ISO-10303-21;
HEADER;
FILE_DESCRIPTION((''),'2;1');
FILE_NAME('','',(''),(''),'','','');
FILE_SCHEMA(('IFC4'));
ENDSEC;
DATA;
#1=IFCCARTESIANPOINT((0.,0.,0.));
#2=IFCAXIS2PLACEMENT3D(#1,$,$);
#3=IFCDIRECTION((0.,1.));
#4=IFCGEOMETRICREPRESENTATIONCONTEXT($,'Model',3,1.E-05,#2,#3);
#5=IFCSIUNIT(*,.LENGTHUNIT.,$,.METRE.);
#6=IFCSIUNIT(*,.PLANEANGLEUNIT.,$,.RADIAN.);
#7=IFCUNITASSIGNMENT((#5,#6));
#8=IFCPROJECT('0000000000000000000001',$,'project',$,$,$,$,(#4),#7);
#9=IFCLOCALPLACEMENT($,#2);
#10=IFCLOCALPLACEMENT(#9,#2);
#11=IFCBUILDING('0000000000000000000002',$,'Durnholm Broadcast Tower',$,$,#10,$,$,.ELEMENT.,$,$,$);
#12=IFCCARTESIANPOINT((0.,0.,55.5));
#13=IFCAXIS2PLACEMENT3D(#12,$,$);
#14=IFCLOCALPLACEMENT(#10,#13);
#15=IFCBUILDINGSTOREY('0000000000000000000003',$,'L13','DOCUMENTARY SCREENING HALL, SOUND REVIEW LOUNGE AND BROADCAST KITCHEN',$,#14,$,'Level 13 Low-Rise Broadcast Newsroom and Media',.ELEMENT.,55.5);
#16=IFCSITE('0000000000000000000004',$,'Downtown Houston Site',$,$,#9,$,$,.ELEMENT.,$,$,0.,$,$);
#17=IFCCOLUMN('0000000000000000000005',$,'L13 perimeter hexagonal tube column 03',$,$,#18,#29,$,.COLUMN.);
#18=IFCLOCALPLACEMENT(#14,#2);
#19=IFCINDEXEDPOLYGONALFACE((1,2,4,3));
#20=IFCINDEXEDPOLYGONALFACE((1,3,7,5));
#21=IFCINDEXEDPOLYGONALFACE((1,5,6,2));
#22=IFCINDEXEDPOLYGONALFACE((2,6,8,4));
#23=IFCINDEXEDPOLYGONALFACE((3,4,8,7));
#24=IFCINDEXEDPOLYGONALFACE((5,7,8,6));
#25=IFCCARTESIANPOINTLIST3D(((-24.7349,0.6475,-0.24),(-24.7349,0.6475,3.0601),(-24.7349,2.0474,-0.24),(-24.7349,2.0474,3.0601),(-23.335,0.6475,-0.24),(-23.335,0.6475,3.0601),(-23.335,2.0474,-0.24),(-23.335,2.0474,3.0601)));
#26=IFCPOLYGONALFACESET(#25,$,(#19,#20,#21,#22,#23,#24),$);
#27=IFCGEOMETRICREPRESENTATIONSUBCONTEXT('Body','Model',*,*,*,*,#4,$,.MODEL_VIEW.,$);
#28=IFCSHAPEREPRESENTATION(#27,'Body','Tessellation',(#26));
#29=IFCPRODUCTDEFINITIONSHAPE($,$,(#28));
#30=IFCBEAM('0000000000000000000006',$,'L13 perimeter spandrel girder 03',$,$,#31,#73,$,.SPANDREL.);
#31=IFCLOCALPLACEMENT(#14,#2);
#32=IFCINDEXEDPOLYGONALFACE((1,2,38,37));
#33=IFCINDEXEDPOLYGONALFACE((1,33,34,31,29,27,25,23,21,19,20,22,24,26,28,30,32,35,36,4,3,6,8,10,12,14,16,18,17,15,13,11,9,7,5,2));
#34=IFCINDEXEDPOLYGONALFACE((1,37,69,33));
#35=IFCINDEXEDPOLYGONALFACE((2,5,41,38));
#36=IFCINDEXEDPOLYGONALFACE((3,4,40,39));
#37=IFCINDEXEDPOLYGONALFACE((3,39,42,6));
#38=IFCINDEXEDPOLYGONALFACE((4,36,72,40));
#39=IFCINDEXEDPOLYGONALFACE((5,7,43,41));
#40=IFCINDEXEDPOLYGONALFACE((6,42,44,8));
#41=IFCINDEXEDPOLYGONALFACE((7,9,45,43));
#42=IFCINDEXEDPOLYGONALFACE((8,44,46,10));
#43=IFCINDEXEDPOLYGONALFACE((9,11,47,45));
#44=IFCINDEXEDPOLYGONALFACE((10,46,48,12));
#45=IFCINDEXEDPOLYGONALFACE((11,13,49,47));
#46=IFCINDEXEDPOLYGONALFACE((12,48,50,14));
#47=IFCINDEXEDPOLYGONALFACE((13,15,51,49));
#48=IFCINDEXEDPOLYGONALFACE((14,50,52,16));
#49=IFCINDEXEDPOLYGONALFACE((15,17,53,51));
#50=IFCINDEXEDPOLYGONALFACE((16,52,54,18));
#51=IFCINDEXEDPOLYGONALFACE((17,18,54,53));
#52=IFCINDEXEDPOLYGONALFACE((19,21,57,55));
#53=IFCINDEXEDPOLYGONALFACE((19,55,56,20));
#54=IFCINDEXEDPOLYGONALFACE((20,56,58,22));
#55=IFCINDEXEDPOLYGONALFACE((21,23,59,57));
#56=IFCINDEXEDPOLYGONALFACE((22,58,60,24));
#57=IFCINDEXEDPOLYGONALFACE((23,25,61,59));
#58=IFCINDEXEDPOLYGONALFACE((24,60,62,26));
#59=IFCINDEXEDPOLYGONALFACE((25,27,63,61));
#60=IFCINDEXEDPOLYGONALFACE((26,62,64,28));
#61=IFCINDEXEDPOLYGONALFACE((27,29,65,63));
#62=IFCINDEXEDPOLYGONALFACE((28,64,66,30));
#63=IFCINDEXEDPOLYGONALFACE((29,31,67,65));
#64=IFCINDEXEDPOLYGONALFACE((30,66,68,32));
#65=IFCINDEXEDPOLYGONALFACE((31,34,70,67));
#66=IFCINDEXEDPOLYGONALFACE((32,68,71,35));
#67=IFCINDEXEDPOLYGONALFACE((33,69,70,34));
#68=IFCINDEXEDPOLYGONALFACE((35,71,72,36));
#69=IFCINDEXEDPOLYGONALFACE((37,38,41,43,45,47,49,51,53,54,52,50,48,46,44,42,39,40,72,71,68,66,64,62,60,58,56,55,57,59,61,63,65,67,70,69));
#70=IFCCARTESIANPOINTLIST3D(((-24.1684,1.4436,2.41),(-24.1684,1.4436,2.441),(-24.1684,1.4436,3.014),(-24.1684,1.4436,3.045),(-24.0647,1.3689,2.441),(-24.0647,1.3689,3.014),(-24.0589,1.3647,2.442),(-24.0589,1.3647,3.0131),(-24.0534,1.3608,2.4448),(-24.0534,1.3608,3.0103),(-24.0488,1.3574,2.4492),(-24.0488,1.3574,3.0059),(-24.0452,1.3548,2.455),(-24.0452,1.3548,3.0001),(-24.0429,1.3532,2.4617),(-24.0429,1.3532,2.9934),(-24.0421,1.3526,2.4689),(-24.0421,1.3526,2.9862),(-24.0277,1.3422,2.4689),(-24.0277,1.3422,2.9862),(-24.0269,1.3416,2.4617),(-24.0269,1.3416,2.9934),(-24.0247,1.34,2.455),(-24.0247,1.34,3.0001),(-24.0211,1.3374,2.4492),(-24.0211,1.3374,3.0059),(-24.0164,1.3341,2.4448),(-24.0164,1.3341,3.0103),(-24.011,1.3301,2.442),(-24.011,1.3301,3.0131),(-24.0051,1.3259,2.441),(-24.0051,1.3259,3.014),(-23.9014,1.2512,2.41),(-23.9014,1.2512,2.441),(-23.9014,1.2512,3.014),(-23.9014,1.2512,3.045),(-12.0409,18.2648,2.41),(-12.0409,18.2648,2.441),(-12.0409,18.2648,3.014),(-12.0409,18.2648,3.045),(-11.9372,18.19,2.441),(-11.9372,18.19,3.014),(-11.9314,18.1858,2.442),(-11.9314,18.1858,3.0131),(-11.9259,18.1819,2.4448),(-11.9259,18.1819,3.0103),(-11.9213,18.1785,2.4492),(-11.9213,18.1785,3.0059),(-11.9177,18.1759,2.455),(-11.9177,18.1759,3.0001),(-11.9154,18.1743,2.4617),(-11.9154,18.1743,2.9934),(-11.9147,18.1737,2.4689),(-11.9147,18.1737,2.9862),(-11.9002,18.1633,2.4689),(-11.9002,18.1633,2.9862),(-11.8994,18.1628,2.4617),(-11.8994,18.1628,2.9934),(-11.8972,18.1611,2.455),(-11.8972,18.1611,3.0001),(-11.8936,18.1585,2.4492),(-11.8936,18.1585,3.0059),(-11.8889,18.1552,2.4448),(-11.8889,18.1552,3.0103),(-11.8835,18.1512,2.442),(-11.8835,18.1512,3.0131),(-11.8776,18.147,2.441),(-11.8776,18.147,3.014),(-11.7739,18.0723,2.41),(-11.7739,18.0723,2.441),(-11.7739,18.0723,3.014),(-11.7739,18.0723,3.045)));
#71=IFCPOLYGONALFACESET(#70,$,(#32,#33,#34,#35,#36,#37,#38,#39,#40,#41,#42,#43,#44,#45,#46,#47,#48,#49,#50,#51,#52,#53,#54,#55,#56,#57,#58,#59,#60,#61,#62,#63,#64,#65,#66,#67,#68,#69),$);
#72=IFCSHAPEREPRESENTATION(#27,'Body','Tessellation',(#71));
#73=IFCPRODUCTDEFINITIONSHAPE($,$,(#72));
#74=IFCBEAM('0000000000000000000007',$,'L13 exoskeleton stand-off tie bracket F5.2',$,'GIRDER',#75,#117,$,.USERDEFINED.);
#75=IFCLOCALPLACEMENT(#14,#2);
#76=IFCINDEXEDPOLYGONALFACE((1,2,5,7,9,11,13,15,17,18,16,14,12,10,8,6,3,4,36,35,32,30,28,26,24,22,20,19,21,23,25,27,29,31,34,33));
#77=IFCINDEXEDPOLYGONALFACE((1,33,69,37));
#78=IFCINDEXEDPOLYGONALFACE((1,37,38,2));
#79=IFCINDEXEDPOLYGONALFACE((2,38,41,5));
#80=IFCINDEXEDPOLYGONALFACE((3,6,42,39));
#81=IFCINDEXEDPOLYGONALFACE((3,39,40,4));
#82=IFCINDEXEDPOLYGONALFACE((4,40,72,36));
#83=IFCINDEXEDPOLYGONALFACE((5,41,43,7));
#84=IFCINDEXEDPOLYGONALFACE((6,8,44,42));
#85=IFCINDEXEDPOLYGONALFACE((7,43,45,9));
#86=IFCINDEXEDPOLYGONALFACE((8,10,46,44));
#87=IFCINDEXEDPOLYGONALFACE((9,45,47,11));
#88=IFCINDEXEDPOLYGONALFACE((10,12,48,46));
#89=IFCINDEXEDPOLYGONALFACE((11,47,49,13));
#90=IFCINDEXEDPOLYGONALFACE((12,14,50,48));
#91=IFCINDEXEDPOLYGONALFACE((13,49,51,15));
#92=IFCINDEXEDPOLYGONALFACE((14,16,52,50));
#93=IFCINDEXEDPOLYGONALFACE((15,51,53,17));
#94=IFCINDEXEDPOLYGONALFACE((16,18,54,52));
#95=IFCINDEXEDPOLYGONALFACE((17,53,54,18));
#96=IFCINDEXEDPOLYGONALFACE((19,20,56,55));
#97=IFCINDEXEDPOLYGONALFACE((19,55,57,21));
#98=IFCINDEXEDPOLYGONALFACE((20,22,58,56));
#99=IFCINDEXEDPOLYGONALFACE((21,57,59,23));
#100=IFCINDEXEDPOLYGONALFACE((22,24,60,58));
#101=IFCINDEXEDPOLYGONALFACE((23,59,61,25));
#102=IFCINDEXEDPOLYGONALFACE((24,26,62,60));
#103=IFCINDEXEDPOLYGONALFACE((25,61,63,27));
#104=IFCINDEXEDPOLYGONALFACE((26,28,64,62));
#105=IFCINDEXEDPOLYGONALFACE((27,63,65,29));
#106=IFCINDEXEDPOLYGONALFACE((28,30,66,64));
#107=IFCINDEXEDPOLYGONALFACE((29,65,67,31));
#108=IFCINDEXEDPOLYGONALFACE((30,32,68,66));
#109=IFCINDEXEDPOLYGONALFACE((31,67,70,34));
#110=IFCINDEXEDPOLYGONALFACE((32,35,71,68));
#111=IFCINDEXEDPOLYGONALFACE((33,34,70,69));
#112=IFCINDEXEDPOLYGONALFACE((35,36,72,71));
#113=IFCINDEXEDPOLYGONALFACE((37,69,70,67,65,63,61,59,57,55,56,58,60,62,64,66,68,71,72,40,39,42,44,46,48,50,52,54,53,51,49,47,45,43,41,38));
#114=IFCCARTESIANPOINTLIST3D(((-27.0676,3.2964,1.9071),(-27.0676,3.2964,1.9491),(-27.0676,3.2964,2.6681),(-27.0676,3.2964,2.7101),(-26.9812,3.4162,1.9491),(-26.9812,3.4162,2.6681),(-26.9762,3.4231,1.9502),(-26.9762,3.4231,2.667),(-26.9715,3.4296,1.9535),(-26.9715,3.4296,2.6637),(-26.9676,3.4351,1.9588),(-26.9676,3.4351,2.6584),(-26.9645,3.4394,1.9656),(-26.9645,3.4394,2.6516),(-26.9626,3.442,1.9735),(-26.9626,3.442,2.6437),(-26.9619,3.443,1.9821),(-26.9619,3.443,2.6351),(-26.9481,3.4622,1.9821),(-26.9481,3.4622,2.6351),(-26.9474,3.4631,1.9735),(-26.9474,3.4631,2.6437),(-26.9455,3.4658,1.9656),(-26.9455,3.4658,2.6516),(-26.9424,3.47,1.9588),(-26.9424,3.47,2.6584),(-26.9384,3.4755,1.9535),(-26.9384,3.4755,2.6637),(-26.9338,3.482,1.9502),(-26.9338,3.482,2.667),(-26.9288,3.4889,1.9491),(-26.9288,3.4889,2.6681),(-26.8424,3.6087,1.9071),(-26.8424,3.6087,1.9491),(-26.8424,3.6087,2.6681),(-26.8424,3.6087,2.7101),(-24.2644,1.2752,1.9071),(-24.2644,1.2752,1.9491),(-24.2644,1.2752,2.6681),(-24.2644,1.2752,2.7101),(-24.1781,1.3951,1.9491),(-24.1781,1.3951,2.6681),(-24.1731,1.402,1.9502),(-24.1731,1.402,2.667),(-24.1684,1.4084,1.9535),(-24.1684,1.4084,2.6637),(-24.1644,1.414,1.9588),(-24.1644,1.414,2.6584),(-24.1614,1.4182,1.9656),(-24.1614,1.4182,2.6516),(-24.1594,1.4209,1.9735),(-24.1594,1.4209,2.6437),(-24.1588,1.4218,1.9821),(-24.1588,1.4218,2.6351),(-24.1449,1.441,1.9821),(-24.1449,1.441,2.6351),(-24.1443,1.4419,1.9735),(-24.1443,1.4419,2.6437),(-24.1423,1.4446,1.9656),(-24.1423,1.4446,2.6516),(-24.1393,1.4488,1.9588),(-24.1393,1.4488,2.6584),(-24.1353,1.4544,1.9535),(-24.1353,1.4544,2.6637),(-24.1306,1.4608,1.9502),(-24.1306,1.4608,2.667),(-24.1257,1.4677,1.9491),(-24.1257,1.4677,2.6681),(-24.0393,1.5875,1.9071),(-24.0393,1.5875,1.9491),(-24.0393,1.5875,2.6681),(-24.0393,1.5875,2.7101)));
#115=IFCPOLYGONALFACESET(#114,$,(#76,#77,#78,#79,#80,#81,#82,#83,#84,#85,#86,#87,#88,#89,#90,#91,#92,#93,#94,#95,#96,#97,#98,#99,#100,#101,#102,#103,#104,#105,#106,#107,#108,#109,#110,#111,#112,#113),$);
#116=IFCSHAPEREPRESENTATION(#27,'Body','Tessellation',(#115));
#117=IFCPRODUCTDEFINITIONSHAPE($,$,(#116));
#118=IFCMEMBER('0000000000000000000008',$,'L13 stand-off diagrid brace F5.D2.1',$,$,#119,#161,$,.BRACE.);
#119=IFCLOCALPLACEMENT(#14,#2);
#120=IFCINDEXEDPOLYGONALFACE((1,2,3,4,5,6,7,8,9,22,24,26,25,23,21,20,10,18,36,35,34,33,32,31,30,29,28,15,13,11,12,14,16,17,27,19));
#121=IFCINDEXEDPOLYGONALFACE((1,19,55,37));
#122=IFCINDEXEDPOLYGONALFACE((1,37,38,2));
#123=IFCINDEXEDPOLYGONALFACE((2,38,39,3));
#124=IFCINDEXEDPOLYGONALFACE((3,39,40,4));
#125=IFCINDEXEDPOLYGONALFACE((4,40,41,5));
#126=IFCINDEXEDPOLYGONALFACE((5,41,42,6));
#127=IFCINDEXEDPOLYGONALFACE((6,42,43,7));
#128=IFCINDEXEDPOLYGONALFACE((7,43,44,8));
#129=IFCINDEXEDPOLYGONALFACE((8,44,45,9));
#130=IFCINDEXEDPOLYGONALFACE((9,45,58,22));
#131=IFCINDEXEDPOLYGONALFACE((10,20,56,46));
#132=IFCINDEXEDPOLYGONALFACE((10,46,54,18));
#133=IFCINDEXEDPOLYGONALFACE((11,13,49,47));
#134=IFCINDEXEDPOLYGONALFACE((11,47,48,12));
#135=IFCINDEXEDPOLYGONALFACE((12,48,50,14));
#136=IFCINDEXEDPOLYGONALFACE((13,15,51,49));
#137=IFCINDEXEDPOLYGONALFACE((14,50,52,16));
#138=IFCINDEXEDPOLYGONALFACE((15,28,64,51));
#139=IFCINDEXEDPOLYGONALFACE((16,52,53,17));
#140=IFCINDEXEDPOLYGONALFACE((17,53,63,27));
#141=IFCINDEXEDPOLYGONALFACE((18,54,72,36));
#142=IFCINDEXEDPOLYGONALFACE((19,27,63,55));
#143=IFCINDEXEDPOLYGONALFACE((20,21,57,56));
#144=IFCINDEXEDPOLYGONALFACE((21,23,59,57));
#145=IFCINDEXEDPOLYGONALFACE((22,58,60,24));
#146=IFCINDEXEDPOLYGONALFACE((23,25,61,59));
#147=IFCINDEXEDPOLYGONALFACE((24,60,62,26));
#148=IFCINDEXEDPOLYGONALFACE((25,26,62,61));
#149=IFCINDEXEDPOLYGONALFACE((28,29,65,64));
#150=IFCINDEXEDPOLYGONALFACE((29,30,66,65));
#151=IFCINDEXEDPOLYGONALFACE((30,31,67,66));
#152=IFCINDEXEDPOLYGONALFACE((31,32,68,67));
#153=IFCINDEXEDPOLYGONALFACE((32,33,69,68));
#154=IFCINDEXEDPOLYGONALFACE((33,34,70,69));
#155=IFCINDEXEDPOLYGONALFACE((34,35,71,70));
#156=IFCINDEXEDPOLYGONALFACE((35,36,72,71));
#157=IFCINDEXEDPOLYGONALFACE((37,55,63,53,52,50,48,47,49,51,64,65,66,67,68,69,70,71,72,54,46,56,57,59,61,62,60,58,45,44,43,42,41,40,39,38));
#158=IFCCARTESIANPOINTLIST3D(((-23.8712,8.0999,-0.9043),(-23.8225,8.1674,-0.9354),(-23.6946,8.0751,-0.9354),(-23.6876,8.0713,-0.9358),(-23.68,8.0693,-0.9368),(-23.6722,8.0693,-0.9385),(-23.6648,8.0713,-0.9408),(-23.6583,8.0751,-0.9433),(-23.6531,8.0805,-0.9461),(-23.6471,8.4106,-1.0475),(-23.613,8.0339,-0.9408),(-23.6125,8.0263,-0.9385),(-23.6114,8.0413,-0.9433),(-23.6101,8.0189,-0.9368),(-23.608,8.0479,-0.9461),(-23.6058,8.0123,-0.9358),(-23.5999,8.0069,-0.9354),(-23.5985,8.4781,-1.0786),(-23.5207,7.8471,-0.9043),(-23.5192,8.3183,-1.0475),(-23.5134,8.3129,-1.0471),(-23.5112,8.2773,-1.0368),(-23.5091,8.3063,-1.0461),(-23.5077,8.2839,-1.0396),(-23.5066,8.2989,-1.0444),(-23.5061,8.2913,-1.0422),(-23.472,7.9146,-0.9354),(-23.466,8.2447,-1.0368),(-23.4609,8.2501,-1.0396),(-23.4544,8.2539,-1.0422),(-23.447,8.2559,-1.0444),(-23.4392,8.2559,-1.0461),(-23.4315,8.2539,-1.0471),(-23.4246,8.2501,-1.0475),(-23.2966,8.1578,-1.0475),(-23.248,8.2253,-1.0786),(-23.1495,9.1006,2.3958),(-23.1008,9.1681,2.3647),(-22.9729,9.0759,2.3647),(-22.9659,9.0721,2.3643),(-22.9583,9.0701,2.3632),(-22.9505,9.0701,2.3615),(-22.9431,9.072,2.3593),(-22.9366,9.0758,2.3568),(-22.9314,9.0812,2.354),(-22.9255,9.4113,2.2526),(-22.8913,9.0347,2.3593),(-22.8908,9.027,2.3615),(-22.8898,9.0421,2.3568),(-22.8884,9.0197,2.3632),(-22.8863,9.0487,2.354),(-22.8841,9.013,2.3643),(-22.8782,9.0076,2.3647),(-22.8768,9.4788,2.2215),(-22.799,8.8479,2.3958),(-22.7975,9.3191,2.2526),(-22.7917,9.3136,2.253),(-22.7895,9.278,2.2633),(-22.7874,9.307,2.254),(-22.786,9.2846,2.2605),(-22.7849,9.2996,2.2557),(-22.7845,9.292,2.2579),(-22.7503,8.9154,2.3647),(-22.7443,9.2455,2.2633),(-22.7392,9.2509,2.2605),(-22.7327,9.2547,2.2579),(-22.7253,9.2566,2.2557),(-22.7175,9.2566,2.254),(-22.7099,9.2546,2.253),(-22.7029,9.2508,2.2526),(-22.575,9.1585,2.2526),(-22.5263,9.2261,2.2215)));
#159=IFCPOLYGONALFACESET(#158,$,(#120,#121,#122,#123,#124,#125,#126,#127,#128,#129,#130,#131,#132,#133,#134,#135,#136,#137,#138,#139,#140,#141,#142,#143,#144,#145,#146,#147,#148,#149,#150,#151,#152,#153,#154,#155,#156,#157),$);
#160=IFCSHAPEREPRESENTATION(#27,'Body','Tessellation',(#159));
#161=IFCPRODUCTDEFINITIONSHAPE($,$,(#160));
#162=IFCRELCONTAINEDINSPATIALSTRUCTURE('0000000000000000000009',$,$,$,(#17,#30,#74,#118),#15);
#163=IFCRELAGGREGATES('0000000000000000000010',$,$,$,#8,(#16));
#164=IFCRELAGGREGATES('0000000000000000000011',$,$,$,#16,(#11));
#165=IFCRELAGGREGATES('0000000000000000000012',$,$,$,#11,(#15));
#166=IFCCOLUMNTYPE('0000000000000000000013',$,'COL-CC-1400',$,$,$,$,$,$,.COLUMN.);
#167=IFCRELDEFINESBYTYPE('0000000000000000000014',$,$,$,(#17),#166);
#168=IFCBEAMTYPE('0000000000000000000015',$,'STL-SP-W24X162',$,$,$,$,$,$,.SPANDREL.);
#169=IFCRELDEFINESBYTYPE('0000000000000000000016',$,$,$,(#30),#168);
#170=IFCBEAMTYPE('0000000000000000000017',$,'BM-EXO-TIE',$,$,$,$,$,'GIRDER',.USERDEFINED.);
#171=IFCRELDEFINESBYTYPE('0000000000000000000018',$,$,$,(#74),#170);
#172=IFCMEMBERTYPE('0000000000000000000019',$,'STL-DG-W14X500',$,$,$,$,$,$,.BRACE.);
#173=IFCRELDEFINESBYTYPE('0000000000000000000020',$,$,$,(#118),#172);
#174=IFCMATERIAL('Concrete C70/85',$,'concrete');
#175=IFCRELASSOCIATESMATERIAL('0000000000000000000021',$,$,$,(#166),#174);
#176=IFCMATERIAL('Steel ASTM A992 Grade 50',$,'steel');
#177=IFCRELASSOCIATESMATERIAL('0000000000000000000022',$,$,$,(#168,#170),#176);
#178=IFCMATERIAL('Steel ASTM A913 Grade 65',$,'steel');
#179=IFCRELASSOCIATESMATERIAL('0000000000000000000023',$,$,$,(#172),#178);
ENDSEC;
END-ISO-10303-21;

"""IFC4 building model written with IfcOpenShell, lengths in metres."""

from ifc_helpers import new_model, si_unit, direction, frame, origin, origin_2d, place, context, subcontext, project, spatial, rectangle, i_section, extrude, source, transform, mapped, material, material_profile, profile_set, type_object, type_shapes, element, save


model = new_model("IFC4")

# Units and contexts
model_context = context("Model", 3, precision=1e-05, world=origin(), true_north=direction((0.0, 1.0)))
body_context = subcontext(model_context, "Body", "Model", "MODEL_VIEW")
ifc_project = project(units=[si_unit("LENGTHUNIT", "METRE"), si_unit("PLANEANGLEUNIT", "RADIAN")], contexts=[model_context])

# Site, building, storey
site_placement = place(None, origin())
site = spatial("IfcSite", under=ifc_project, at=site_placement, Name="Downtown Houston Site", CompositionType="ELEMENT", RefElevation=0.0)
building_placement = place(site_placement, origin())
building = spatial("IfcBuilding", under=site, at=building_placement, Name="Durnholm Broadcast Tower", CompositionType="ELEMENT")
storey_placement = place(building_placement, frame((0.0, 0.0, 55.5)))
storey = spatial("IfcBuildingStorey", under=building, at=storey_placement, Name="L13", Description="DOCUMENTARY SCREENING HALL, SOUND REVIEW LOUNGE AND BROADCAST KITCHEN", LongName="Level 13 Low-Rise Broadcast Newsroom and Media", CompositionType="ELEMENT", Elevation=55.5)

# Column
ifc_material_1 = material(Name="Concrete C70/85", Category="concrete")
ifc_material_profile_1 = material_profile(ifc_material_1, rectangle(XDim=1.3999, YDim=1.3999, at=origin_2d()), Name="RC1400X1400")
ifc_profile_set_1 = profile_set([ifc_material_profile_1], Name="Concrete C70/85")
column_type = type_object("IfcColumnType", Name="COL-CC-1400", PredefinedType="COLUMN", material=ifc_profile_set_1)
shared_shape_1 = source(origin(), body_context, "Body", "SweptSolid", [
    extrude(rectangle(XDim=1.3999, YDim=1.3999, at=origin_2d()), origin(), (0.0, 0.0, 1.0), 3.3),
])
type_shapes(column_type, [shared_shape_1])
column_placement = place(storey_placement, frame((-24.0349, 1.3474, -0.24), z_axis=(0.0, 0.0, 1.0), x_axis=(1.0, 0.0, 0.0)))
element("IfcColumn", 1, at=column_placement, inside=storey, type_object=column_type, Name="L13 perimeter hexagonal tube column 03", PredefinedType="COLUMN", context=body_context, shape_type="MappedRepresentation", body=[
    mapped(shared_shape_1, transform((0.0, 0.0, 0.0), x_axis=(1.0, 0.0, 0.0), y_axis=(0.0, 1.0, 0.0), z_axis=(0.0, 0.0, 1.0), scale=1.0)),
])

# Beams
ifc_material_2 = material(Name="Steel ASTM A992 Grade 50", Category="steel")
ifc_material_profile_2 = material_profile(ifc_material_2, i_section(OverallWidth=0.3291, OverallDepth=0.635, WebThickness=0.0178, FlangeThickness=0.031, FilletRadius=0.0278, at=origin_2d()), Name="W24X162")
ifc_profile_set_2 = profile_set([ifc_material_profile_2], Name="Steel ASTM A992 Grade 50")
beam_type_1 = type_object("IfcBeamType", Name="STL-SP-W24X162", PredefinedType="SPANDREL", material=ifc_profile_set_2)
shared_shape_2 = source(origin(), body_context, "Body", "SweptSolid", [
    extrude(i_section(OverallWidth=0.3291, OverallDepth=0.635, WebThickness=0.0178, FlangeThickness=0.031, FilletRadius=0.0278, at=origin_2d()), origin(), (0.0, 0.0, 1.0), 20.7371),
])
type_shapes(beam_type_1, [shared_shape_2])
beam_1_placement = place(storey_placement, frame((-24.0349, 1.3474, 2.7275), z_axis=(0.584822, 0.811162, 0.0), x_axis=(-0.811162, 0.584822, 0.0)))
element("IfcBeam", 2, at=beam_1_placement, inside=storey, type_object=beam_type_1, Name="L13 perimeter spandrel girder 03", PredefinedType="SPANDREL", context=body_context, shape_type="MappedRepresentation", body=[
    mapped(shared_shape_2, transform((0.0, 0.0, 0.0), x_axis=(1.0, 0.0, 0.0), y_axis=(0.0, 1.0, 0.0), z_axis=(0.0, 0.0, 1.0), scale=1.0)),
])
ifc_material_profile_3 = material_profile(ifc_material_2, i_section(OverallWidth=0.385, OverallDepth=0.803, WebThickness=0.0237, FlangeThickness=0.042, FilletRadius=0.033, at=origin_2d()), Name="W30X261")
ifc_profile_set_3 = profile_set([ifc_material_profile_3], Name="Steel ASTM A992 Grade 50")
beam_type_2 = type_object("IfcBeamType", Name="BM-EXO-TIE", ElementType="GIRDER", PredefinedType="USERDEFINED", material=ifc_profile_set_3)
shared_shape_3 = source(origin(), body_context, "Body", "SweptSolid", [
    extrude(i_section(OverallWidth=0.385, OverallDepth=0.803, WebThickness=0.0237, FlangeThickness=0.042, FilletRadius=0.033, at=origin_2d()), origin(), (0.0, 0.0, 1.0), 3.4558),
])
type_shapes(beam_type_2, [shared_shape_3])
beam_2_placement = place(storey_placement, frame((-24.1519, 1.4314, 2.3086), z_axis=(-0.811134, 0.584861, 0.0), x_axis=(-0.584861, -0.811134, 0.0)))
element("IfcBeam", 3, at=beam_2_placement, inside=storey, type_object=beam_type_2, Name="L13 exoskeleton stand-off tie bracket F5.2", ObjectType="GIRDER", PredefinedType="USERDEFINED", context=body_context, shape_type="MappedRepresentation", body=[
    mapped(shared_shape_3, transform((0.0, 0.0, 0.0), x_axis=(1.0, 0.0, 0.0), y_axis=(0.0, 1.0, 0.0), z_axis=(0.0, 0.0, 1.0), scale=1.0)),
])

# Member
ifc_material_3 = material(Name="Steel ASTM A913 Grade 65", Category="steel")
ifc_material_profile_4 = material_profile(ifc_material_3, i_section(OverallWidth=0.4321, OverallDepth=0.4978, WebThickness=0.0557, FlangeThickness=0.0889, FilletRadius=0.0305, at=origin_2d()), Name="W14X500")
ifc_profile_set_4 = profile_set([ifc_material_profile_4], Name="Steel ASTM A913 Grade 65")
member_type_1 = type_object("IfcMemberType", Name="STL-DG-W14X500", PredefinedType="BRACE", material=ifc_profile_set_4)
shared_shape_4 = source(origin(), body_context, "Body", "SweptSolid", [
    extrude(i_section(OverallWidth=0.4321, OverallDepth=0.4978, WebThickness=0.0557, FlangeThickness=0.0889, FilletRadius=0.0305, at=origin_2d()), origin(), (0.0, 0.0, 1.0), 3.5232),
])
type_shapes(member_type_1, [shared_shape_4])
for number, where, z_axis, x_axis, name in (
    (4, (-23.5596, 8.1626, -0.9915), (0.204839, 0.284045, 0.936675), (-0.811091, 0.58492, 0.0), "L13 stand-off diagrid brace F5.D2.1"),
):
    element("IfcMember", number, at=place(storey_placement, frame(where, z_axis=z_axis, x_axis=x_axis)), inside=storey, type_object=member_type_1, Name=name, PredefinedType="BRACE", context=body_context, shape_type="MappedRepresentation", body=[
        mapped(shared_shape_4, transform((0.0, 0.0, 0.0), x_axis=(1.0, 0.0, 0.0), y_axis=(0.0, 1.0, 0.0), z_axis=(0.0, 0.0, 1.0), scale=1.0)),
    ])

save(model, "model.ifc")
